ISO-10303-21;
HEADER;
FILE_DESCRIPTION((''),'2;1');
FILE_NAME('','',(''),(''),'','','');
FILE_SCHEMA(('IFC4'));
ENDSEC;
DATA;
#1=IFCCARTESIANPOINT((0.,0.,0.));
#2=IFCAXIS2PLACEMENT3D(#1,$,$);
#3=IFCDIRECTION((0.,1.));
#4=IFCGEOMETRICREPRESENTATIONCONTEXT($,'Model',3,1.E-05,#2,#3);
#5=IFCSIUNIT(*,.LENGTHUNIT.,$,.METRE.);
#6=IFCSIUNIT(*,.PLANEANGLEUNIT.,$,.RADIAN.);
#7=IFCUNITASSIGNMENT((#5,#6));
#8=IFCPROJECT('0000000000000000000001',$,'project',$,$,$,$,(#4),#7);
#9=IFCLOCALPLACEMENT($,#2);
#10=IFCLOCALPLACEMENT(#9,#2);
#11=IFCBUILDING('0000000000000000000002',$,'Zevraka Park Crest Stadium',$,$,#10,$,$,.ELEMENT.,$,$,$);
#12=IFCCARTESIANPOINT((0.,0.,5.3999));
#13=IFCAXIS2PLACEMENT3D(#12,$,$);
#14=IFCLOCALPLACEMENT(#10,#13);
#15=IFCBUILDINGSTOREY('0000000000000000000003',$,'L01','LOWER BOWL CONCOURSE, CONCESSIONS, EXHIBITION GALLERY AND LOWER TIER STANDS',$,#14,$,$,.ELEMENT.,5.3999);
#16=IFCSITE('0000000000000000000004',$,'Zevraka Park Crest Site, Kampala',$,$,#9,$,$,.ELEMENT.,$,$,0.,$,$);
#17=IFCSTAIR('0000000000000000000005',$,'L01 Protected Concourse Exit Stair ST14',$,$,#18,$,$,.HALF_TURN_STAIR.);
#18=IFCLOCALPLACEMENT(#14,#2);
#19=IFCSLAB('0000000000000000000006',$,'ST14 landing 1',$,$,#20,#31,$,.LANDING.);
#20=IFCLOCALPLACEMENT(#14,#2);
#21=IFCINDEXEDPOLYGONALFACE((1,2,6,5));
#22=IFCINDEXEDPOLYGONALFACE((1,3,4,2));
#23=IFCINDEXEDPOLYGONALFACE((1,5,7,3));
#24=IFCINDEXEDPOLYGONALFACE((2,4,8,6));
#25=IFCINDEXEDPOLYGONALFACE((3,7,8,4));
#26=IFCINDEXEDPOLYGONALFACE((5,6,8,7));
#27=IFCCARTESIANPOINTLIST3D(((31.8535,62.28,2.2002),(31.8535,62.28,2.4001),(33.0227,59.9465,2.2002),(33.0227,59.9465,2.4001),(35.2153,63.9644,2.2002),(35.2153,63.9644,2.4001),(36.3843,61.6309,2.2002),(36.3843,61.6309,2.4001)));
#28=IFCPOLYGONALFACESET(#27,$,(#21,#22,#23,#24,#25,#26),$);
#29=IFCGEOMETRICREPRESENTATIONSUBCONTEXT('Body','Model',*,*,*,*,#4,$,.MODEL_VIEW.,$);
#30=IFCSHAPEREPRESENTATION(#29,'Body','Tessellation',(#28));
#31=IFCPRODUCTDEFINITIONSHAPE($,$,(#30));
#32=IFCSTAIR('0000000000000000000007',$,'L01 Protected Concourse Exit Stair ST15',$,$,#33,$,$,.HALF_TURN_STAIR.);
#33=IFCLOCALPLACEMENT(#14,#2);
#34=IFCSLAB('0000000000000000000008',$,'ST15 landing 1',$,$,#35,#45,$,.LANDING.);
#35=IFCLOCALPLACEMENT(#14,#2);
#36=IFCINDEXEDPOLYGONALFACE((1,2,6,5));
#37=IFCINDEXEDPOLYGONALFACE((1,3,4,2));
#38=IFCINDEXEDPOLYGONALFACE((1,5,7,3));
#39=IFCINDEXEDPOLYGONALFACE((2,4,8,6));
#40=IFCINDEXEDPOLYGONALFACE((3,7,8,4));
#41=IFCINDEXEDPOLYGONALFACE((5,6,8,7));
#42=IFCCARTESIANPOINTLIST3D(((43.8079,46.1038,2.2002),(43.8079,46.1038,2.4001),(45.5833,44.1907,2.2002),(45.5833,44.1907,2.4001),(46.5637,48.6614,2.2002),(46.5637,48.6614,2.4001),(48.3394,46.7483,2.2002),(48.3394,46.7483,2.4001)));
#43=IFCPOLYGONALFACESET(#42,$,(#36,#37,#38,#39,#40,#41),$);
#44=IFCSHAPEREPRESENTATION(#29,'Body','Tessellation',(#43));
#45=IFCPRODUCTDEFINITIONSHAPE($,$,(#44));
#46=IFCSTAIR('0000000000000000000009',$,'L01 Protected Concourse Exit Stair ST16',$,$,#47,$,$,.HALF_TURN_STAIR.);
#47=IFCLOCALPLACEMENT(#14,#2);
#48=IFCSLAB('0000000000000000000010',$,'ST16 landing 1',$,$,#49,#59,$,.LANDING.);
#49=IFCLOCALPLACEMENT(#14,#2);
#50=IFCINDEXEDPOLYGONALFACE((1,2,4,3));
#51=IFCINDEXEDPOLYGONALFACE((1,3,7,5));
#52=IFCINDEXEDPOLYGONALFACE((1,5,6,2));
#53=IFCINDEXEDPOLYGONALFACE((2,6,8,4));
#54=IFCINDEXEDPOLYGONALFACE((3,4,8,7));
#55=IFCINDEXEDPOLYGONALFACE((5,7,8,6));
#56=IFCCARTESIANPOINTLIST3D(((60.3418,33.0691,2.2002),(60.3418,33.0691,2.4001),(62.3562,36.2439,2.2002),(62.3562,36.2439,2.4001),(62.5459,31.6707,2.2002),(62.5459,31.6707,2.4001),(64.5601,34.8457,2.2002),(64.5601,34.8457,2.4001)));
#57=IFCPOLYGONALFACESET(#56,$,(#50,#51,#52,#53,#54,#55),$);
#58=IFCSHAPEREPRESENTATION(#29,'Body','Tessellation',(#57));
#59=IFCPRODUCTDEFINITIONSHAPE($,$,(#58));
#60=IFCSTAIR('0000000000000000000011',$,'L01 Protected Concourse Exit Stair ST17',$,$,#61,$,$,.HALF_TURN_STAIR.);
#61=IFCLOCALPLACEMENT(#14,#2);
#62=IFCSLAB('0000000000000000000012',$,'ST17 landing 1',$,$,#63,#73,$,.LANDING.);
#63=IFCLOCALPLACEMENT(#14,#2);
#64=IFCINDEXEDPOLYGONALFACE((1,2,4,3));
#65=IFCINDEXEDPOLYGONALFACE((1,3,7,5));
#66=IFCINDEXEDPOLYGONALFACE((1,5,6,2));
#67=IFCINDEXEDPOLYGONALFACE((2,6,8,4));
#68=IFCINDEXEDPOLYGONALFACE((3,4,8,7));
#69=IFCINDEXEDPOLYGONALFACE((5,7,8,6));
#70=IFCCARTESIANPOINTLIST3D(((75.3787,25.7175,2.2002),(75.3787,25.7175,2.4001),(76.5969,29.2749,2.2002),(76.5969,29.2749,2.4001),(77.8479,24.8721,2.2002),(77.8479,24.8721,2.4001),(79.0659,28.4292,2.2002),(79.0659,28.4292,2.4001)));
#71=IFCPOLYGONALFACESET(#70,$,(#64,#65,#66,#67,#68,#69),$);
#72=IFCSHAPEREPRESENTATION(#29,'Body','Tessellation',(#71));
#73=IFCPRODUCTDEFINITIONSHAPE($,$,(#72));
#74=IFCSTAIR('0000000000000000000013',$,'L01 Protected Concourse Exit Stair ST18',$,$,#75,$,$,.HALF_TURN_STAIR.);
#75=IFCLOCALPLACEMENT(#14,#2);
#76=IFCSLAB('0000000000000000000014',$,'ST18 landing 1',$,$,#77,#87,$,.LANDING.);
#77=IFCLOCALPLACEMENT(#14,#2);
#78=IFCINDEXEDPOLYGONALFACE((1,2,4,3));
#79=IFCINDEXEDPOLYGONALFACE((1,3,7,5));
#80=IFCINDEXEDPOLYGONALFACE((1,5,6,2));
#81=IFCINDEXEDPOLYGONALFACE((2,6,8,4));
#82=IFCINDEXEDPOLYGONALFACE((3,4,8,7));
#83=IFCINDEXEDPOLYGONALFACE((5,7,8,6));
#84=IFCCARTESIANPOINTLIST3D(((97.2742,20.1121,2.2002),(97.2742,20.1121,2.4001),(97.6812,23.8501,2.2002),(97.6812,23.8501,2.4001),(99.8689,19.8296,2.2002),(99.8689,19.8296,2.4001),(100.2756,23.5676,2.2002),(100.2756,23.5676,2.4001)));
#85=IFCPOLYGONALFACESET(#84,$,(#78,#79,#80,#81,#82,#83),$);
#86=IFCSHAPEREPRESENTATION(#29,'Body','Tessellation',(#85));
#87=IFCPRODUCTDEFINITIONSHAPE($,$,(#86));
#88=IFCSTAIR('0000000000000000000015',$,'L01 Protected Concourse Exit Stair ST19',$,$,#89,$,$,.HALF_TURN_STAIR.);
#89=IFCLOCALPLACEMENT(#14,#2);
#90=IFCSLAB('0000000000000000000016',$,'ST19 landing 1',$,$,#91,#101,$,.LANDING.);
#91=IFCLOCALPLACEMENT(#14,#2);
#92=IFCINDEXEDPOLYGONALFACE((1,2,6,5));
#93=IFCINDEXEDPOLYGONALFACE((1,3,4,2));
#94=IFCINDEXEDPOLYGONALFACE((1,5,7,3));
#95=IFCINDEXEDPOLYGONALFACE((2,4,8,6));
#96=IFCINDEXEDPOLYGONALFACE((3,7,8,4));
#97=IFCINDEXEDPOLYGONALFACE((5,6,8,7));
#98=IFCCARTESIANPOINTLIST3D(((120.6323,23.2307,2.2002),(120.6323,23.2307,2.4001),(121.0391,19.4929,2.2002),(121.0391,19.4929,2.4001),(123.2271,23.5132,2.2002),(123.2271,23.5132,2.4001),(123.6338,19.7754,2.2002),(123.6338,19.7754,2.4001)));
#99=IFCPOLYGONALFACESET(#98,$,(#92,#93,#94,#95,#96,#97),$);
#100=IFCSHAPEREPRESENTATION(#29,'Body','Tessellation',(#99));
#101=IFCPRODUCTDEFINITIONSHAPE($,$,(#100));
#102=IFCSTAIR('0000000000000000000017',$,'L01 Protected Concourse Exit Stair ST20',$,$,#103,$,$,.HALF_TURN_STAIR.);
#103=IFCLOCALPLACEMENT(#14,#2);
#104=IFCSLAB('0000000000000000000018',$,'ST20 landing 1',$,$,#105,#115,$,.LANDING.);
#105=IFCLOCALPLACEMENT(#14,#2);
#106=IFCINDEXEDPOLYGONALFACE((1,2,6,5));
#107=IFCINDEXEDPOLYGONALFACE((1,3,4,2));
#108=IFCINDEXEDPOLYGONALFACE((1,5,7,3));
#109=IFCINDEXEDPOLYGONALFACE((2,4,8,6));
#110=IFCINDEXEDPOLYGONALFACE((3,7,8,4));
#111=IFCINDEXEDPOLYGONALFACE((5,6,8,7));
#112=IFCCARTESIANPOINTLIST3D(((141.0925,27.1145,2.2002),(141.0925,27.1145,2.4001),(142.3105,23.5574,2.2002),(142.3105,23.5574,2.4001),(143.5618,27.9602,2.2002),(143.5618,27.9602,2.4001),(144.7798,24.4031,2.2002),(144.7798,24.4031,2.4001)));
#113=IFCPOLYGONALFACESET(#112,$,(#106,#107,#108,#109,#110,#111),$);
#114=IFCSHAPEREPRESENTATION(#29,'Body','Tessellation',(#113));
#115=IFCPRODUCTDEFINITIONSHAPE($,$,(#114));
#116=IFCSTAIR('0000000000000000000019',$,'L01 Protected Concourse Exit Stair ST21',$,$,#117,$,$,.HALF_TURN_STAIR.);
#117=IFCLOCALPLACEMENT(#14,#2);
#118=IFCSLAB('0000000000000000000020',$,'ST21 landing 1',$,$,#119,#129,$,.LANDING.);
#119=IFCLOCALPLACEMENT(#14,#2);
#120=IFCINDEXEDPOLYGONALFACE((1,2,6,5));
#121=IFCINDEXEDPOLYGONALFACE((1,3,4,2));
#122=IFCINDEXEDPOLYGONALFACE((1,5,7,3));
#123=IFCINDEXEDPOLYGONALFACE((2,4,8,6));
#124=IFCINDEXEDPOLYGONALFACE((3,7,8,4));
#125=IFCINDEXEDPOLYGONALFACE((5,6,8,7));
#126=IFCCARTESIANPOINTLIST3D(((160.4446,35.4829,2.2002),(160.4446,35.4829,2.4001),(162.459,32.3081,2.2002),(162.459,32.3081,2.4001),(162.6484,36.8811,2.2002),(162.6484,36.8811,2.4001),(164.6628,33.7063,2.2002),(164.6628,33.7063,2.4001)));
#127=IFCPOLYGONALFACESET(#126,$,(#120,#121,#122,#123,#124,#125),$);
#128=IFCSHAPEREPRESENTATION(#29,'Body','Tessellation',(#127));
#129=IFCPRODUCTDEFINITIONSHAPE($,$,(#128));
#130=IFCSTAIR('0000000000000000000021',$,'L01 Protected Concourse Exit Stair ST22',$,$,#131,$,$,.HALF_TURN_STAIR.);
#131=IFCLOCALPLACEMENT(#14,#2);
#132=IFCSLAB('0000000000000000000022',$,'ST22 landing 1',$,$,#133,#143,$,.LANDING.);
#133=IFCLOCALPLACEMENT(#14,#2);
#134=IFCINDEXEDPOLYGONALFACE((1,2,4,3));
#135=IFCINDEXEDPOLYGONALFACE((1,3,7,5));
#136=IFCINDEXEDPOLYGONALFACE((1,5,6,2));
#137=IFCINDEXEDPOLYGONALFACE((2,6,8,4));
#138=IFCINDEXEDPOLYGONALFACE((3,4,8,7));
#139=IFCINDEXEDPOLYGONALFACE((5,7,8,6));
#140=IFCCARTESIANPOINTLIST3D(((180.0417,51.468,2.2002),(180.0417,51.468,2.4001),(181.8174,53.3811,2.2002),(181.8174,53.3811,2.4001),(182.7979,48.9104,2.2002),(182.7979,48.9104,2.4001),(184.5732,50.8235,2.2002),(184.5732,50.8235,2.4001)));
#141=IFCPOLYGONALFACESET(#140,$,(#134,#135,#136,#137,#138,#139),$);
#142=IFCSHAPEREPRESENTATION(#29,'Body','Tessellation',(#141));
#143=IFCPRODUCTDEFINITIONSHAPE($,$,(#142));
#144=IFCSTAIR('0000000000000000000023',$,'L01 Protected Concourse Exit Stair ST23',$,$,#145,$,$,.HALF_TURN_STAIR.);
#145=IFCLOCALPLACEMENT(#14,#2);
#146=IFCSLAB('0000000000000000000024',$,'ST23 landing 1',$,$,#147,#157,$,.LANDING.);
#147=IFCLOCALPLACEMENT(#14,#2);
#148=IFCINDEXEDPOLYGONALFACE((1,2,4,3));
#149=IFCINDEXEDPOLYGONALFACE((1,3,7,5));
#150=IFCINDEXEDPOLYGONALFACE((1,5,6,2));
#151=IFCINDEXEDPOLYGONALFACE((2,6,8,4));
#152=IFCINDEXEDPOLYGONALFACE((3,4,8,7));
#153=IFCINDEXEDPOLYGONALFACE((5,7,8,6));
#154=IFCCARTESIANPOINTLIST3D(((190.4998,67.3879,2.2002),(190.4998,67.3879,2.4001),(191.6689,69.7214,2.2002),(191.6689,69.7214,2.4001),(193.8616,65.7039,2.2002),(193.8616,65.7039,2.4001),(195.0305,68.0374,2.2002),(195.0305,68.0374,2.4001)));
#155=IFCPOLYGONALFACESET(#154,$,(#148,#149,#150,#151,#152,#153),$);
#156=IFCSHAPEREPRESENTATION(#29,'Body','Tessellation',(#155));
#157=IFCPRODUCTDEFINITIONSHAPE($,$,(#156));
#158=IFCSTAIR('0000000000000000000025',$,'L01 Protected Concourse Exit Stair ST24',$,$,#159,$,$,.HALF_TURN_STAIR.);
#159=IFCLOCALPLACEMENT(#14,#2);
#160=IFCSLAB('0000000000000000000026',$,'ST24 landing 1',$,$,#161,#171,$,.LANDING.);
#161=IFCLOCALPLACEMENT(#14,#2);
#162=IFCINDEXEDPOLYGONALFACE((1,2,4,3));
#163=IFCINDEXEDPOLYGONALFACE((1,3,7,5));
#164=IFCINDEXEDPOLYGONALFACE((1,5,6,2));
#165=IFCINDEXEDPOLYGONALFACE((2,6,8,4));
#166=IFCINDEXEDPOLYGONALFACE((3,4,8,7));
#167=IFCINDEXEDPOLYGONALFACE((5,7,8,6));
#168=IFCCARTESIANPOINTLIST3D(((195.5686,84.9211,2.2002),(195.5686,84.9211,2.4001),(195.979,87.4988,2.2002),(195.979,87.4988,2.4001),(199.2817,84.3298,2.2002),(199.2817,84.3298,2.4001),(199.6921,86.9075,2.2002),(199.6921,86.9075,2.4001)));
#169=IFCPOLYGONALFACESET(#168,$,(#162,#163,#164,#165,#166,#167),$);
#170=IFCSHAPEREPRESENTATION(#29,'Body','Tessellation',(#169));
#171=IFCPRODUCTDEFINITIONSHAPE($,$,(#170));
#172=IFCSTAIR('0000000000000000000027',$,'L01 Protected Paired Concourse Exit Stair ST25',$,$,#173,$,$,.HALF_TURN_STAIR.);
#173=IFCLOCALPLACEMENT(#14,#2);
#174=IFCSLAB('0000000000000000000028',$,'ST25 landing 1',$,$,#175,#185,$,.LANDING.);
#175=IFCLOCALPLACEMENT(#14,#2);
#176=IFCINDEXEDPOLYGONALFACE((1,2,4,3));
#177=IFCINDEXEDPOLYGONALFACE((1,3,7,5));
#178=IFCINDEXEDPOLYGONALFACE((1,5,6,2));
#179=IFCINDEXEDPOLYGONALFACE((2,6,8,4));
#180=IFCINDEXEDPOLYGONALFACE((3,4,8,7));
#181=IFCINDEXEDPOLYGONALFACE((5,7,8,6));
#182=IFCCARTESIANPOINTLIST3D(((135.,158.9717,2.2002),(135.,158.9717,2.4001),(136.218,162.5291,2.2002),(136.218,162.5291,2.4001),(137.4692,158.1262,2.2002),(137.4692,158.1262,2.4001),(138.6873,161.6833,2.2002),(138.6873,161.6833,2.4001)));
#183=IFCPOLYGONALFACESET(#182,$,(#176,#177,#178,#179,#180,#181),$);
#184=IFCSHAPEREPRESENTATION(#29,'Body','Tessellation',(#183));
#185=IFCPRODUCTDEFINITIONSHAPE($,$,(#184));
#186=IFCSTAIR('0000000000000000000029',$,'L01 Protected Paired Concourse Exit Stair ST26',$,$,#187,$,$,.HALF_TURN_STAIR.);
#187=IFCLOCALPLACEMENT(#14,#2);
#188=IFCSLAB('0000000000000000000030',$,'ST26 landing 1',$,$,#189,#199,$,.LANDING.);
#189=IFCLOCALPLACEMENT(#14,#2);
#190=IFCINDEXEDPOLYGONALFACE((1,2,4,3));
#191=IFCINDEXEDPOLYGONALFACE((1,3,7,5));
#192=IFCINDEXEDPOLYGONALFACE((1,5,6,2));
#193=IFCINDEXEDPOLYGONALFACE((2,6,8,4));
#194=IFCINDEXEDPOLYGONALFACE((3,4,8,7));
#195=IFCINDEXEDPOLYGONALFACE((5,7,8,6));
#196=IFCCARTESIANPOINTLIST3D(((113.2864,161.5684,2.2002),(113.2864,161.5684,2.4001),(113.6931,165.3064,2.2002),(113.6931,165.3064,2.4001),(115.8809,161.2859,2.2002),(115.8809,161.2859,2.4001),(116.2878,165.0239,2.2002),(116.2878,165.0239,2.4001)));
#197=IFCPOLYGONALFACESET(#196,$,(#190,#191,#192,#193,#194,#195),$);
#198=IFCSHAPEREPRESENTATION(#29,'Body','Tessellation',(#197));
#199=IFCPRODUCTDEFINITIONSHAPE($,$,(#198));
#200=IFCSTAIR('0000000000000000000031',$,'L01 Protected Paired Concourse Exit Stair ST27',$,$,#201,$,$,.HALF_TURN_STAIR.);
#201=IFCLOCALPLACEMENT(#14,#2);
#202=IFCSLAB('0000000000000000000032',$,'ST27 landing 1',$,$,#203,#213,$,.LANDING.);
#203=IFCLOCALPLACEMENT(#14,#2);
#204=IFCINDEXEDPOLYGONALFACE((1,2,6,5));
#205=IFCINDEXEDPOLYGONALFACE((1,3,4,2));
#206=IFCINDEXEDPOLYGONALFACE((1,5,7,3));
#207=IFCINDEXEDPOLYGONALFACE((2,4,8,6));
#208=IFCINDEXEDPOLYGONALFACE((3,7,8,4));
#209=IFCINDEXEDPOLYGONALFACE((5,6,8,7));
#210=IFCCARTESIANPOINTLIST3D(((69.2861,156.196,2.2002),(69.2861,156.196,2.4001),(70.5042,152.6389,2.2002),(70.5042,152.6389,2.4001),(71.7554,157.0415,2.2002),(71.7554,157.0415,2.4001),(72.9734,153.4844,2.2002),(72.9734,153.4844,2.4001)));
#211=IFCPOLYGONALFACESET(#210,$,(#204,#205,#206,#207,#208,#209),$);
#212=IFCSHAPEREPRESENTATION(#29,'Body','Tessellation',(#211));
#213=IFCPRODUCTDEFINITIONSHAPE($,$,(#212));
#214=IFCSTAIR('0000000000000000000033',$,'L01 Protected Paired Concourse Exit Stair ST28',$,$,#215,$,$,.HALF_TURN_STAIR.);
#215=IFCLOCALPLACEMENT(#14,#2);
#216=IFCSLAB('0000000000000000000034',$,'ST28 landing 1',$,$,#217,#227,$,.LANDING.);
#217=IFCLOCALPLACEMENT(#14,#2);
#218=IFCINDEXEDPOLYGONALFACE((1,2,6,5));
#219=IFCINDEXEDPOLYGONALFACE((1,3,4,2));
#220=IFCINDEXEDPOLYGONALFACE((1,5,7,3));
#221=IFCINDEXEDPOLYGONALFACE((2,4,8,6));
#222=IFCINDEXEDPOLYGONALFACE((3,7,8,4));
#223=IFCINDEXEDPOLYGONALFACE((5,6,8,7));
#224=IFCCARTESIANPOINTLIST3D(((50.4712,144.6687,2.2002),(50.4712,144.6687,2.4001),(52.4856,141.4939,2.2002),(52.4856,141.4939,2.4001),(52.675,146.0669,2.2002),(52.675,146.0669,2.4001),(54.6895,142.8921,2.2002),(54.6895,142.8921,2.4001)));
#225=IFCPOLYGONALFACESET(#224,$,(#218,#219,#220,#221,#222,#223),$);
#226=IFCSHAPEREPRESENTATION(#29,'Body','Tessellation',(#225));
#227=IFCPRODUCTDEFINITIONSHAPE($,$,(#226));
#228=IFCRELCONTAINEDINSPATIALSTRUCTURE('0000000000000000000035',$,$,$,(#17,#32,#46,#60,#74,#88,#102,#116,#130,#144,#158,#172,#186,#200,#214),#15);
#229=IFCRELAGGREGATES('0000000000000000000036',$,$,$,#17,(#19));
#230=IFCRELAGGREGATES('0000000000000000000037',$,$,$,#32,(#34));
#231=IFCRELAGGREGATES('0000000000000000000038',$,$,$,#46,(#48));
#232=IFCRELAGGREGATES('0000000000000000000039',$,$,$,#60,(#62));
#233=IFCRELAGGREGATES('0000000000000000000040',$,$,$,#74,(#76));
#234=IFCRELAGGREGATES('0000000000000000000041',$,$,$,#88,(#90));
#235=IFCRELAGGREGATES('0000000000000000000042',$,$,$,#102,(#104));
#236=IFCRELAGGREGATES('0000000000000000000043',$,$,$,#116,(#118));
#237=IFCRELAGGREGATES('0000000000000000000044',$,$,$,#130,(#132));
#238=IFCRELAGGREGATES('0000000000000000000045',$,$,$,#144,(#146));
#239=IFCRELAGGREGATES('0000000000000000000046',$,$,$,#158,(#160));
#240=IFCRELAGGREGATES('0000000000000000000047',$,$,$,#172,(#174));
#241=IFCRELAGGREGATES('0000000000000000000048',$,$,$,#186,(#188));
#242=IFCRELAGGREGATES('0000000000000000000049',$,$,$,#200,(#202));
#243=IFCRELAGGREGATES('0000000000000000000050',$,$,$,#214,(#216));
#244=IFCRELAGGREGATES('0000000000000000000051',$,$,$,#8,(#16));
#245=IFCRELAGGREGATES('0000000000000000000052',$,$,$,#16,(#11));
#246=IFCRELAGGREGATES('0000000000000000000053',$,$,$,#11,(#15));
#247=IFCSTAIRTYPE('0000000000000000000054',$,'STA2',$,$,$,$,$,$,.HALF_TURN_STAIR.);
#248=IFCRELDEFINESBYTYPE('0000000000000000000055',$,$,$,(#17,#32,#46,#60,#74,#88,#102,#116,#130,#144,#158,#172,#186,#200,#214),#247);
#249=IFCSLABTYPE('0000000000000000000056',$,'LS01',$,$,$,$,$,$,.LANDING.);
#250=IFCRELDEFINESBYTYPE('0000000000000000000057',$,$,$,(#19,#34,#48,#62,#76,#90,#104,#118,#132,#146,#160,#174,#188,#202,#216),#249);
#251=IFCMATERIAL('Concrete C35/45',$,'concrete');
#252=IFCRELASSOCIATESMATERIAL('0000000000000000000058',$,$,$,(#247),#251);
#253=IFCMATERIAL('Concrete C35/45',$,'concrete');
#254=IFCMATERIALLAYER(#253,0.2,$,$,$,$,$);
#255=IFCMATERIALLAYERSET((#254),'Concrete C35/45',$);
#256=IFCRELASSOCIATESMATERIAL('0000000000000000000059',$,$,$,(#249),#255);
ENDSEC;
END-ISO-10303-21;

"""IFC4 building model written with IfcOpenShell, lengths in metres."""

from ifc_helpers import new_model, si_unit, direction, frame, origin, place, context, subcontext, project, spatial, polyline, outline, extrude, material, layer, layer_set, type_object, element, aggregate, save


model = new_model("IFC4")

# Units and contexts
model_context = context("Model", 3, precision=1e-05, world=origin(), true_north=direction((0.0, 1.0)))
body_context = subcontext(model_context, "Body", "Model", "MODEL_VIEW")
ifc_project = project(units=[si_unit("LENGTHUNIT", "METRE"), si_unit("PLANEANGLEUNIT", "RADIAN")], contexts=[model_context])

# Site, building, storey
site_placement = place(None, origin())
site = spatial("IfcSite", under=ifc_project, at=site_placement, Name="Zevraka Park Crest Site, Kampala", CompositionType="ELEMENT", RefElevation=0.0)
building_placement = place(site_placement, origin())
building = spatial("IfcBuilding", under=site, at=building_placement, Name="Zevraka Park Crest Stadium", CompositionType="ELEMENT")
storey_placement = place(building_placement, frame((0.0, 0.0, 5.3999)))
storey = spatial("IfcBuildingStorey", under=building, at=storey_placement, Name="L01", Description="LOWER BOWL CONCOURSE, CONCESSIONS, EXHIBITION GALLERY AND LOWER TIER STANDS", CompositionType="ELEMENT", Elevation=5.3999)

# Stairs, slabs
ifc_material_1 = material(Name="Concrete C35/45", Category="concrete")
stair_type_1 = type_object("IfcStairType", Name="STA2", PredefinedType="HALF_TURN_STAIR", material=ifc_material_1)
stair_1_placement = place(storey_placement, origin())
stair_1 = element("IfcStair", 1, at=stair_1_placement, inside=storey, type_object=stair_type_1, Name="L01 Protected Concourse Exit Stair ST14", PredefinedType="HALF_TURN_STAIR")
ifc_material_2 = material(Name="Concrete C35/45", Category="concrete")
ifc_layer = layer(ifc_material_2, 0.2)
ifc_layer_set = layer_set([ifc_layer], Name="Concrete C35/45")
slab_type = type_object("IfcSlabType", Name="LS01", PredefinedType="LANDING", material=ifc_layer_set)
slab_1_placement = place(storey_placement, frame((0.0, 0.0, 2.2002)))
slab_1 = element("IfcSlab", 2, at=slab_1_placement, type_object=slab_type, Name="ST14 landing 1", PredefinedType="LANDING", context=body_context, shape_type="SweptSolid", body=[
    extrude(outline(polyline([(31.8535, 62.28), (33.0227, 59.9465), (36.3843, 61.6309), (35.2153, 63.9644), (31.8535, 62.28)])), origin(), (0.0, 0.0, 1.0), 0.2),
])
aggregate(stair_1, [slab_1])
stair_2_placement = place(storey_placement, origin())
stair_2 = element("IfcStair", 3, at=stair_2_placement, inside=storey, type_object=stair_type_1, Name="L01 Protected Concourse Exit Stair ST15", PredefinedType="HALF_TURN_STAIR")
slab_2_placement = place(storey_placement, frame((0.0, 0.0, 2.2002)))
slab_2 = element("IfcSlab", 4, at=slab_2_placement, type_object=slab_type, Name="ST15 landing 1", PredefinedType="LANDING", context=body_context, shape_type="SweptSolid", body=[
    extrude(outline(polyline([(43.8079, 46.1038), (45.5833, 44.1907), (48.3394, 46.7483), (46.5637, 48.6614), (43.8079, 46.1038)])), origin(), (0.0, 0.0, 1.0), 0.2),
])
aggregate(stair_2, [slab_2])
stair_3_placement = place(storey_placement, origin())
stair_3 = element("IfcStair", 5, at=stair_3_placement, inside=storey, type_object=stair_type_1, Name="L01 Protected Concourse Exit Stair ST16", PredefinedType="HALF_TURN_STAIR")
slab_3_placement = place(storey_placement, frame((0.0, 0.0, 2.2002)))
slab_3 = element("IfcSlab", 6, at=slab_3_placement, type_object=slab_type, Name="ST16 landing 1", PredefinedType="LANDING", context=body_context, shape_type="SweptSolid", body=[
    extrude(outline(polyline([(60.3418, 33.0691), (62.5459, 31.6707), (64.5601, 34.8457), (62.3562, 36.2439), (60.3418, 33.0691)])), origin(), (0.0, 0.0, 1.0), 0.2),
])
aggregate(stair_3, [slab_3])
stair_4_placement = place(storey_placement, origin())
stair_4 = element("IfcStair", 7, at=stair_4_placement, inside=storey, type_object=stair_type_1, Name="L01 Protected Concourse Exit Stair ST17", PredefinedType="HALF_TURN_STAIR")
slab_4_placement = place(storey_placement, frame((0.0, 0.0, 2.2002)))
slab_4 = element("IfcSlab", 8, at=slab_4_placement, type_object=slab_type, Name="ST17 landing 1", PredefinedType="LANDING", context=body_context, shape_type="SweptSolid", body=[
    extrude(outline(polyline([(75.3787, 25.7175), (77.8479, 24.8721), (79.0659, 28.4292), (76.5969, 29.2749), (75.3787, 25.7175)])), origin(), (0.0, 0.0, 1.0), 0.2),
])
aggregate(stair_4, [slab_4])
stair_5_placement = place(storey_placement, origin())
stair_5 = element("IfcStair", 9, at=stair_5_placement, inside=storey, type_object=stair_type_1, Name="L01 Protected Concourse Exit Stair ST18", PredefinedType="HALF_TURN_STAIR")
slab_5_placement = place(storey_placement, frame((0.0, 0.0, 2.2002)))
slab_5 = element("IfcSlab", 10, at=slab_5_placement, type_object=slab_type, Name="ST18 landing 1", PredefinedType="LANDING", context=body_context, shape_type="SweptSolid", body=[
    extrude(outline(polyline([(97.2742, 20.1121), (99.8689, 19.8296), (100.2756, 23.5676), (97.6812, 23.8501), (97.2742, 20.1121)])), origin(), (0.0, 0.0, 1.0), 0.2),
])
aggregate(stair_5, [slab_5])
stair_6_placement = place(storey_placement, origin())
stair_6 = element("IfcStair", 11, at=stair_6_placement, inside=storey, type_object=stair_type_1, Name="L01 Protected Concourse Exit Stair ST19", PredefinedType="HALF_TURN_STAIR")
slab_6_placement = place(storey_placement, frame((0.0, 0.0, 2.2002)))
slab_6 = element("IfcSlab", 12, at=slab_6_placement, type_object=slab_type, Name="ST19 landing 1", PredefinedType="LANDING", context=body_context, shape_type="SweptSolid", body=[
    extrude(outline(polyline([(121.0391, 19.4929), (123.6338, 19.7754), (123.2271, 23.5132), (120.6323, 23.2307), (121.0391, 19.4929)])), origin(), (0.0, 0.0, 1.0), 0.2),
])
aggregate(stair_6, [slab_6])
stair_7_placement = place(storey_placement, origin())
stair_7 = element("IfcStair", 13, at=stair_7_placement, inside=storey, type_object=stair_type_1, Name="L01 Protected Concourse Exit Stair ST20", PredefinedType="HALF_TURN_STAIR")
slab_7_placement = place(storey_placement, frame((0.0, 0.0, 2.2002)))
slab_7 = element("IfcSlab", 14, at=slab_7_placement, type_object=slab_type, Name="ST20 landing 1", PredefinedType="LANDING", context=body_context, shape_type="SweptSolid", body=[
    extrude(outline(polyline([(142.3105, 23.5574), (144.7798, 24.4031), (143.5618, 27.9602), (141.0925, 27.1145), (142.3105, 23.5574)])), origin(), (0.0, 0.0, 1.0), 0.2),
])
aggregate(stair_7, [slab_7])
stair_8_placement = place(storey_placement, origin())
stair_8 = element("IfcStair", 15, at=stair_8_placement, inside=storey, type_object=stair_type_1, Name="L01 Protected Concourse Exit Stair ST21", PredefinedType="HALF_TURN_STAIR")
slab_8_placement = place(storey_placement, frame((0.0, 0.0, 2.2002)))
slab_8 = element("IfcSlab", 16, at=slab_8_placement, type_object=slab_type, Name="ST21 landing 1", PredefinedType="LANDING", context=body_context, shape_type="SweptSolid", body=[
    extrude(outline(polyline([(162.459, 32.3081), (164.6628, 33.7063), (162.6484, 36.8811), (160.4446, 35.4829), (162.459, 32.3081)])), origin(), (0.0, 0.0, 1.0), 0.2),
])
aggregate(stair_8, [slab_8])
stair_9_placement = place(storey_placement, origin())
stair_9 = element("IfcStair", 17, at=stair_9_placement, inside=storey, type_object=stair_type_1, Name="L01 Protected Concourse Exit Stair ST22", PredefinedType="HALF_TURN_STAIR")
slab_9_placement = place(storey_placement, frame((0.0, 0.0, 2.2002)))
slab_9 = element("IfcSlab", 18, at=slab_9_placement, type_object=slab_type, Name="ST22 landing 1", PredefinedType="LANDING", context=body_context, shape_type="SweptSolid", body=[
    extrude(outline(polyline([(182.7979, 48.9104), (184.5732, 50.8235), (181.8174, 53.3811), (180.0417, 51.468), (182.7979, 48.9104)])), origin(), (0.0, 0.0, 1.0), 0.2),
])
aggregate(stair_9, [slab_9])
stair_10_placement = place(storey_placement, origin())
stair_10 = element("IfcStair", 19, at=stair_10_placement, inside=storey, type_object=stair_type_1, Name="L01 Protected Concourse Exit Stair ST23", PredefinedType="HALF_TURN_STAIR")
slab_10_placement = place(storey_placement, frame((0.0, 0.0, 2.2002)))
slab_10 = element("IfcSlab", 20, at=slab_10_placement, type_object=slab_type, Name="ST23 landing 1", PredefinedType="LANDING", context=body_context, shape_type="SweptSolid", body=[
    extrude(outline(polyline([(193.8616, 65.7039), (195.0305, 68.0374), (191.6689, 69.7214), (190.4998, 67.3879), (193.8616, 65.7039)])), origin(), (0.0, 0.0, 1.0), 0.2),
])
aggregate(stair_10, [slab_10])
stair_11_placement = place(storey_placement, origin())
stair_11 = element("IfcStair", 21, at=stair_11_placement, inside=storey, type_object=stair_type_1, Name="L01 Protected Concourse Exit Stair ST24", PredefinedType="HALF_TURN_STAIR")
slab_11_placement = place(storey_placement, frame((0.0, 0.0, 2.2002)))
slab_11 = element("IfcSlab", 22, at=slab_11_placement, type_object=slab_type, Name="ST24 landing 1", PredefinedType="LANDING", context=body_context, shape_type="SweptSolid", body=[
    extrude(outline(polyline([(199.2817, 84.3298), (199.6921, 86.9075), (195.979, 87.4988), (195.5686, 84.9211), (199.2817, 84.3298)])), origin(), (0.0, 0.0, 1.0), 0.2),
])
aggregate(stair_11, [slab_11])
stair_12_placement = place(storey_placement, origin())
stair_12 = element("IfcStair", 23, at=stair_12_placement, inside=storey, type_object=stair_type_1, Name="L01 Protected Paired Concourse Exit Stair ST25", PredefinedType="HALF_TURN_STAIR")
slab_12_placement = place(storey_placement, frame((0.0, 0.0, 2.2002)))
slab_12 = element("IfcSlab", 24, at=slab_12_placement, type_object=slab_type, Name="ST25 landing 1", PredefinedType="LANDING", context=body_context, shape_type="SweptSolid", body=[
    extrude(outline(polyline([(138.6873, 161.6833), (136.218, 162.5291), (135.0, 158.9717), (137.4692, 158.1262), (138.6873, 161.6833)])), origin(), (0.0, 0.0, 1.0), 0.2),
])
aggregate(stair_12, [slab_12])
stair_13_placement = place(storey_placement, origin())
stair_13 = element("IfcStair", 25, at=stair_13_placement, inside=storey, type_object=stair_type_1, Name="L01 Protected Paired Concourse Exit Stair ST26", PredefinedType="HALF_TURN_STAIR")
slab_13_placement = place(storey_placement, frame((0.0, 0.0, 2.2002)))
slab_13 = element("IfcSlab", 26, at=slab_13_placement, type_object=slab_type, Name="ST26 landing 1", PredefinedType="LANDING", context=body_context, shape_type="SweptSolid", body=[
    extrude(outline(polyline([(116.2878, 165.0239), (113.6931, 165.3064), (113.2864, 161.5684), (115.8809, 161.2859), (116.2878, 165.0239)])), origin(), (0.0, 0.0, 1.0), 0.2),
])
aggregate(stair_13, [slab_13])
stair_14_placement = place(storey_placement, origin())
stair_14 = element("IfcStair", 27, at=stair_14_placement, inside=storey, type_object=stair_type_1, Name="L01 Protected Paired Concourse Exit Stair ST27", PredefinedType="HALF_TURN_STAIR")
slab_14_placement = place(storey_placement, frame((0.0, 0.0, 2.2002)))
slab_14 = element("IfcSlab", 28, at=slab_14_placement, type_object=slab_type, Name="ST27 landing 1", PredefinedType="LANDING", context=body_context, shape_type="SweptSolid", body=[
    extrude(outline(polyline([(71.7554, 157.0415), (69.2861, 156.196), (70.5042, 152.6389), (72.9734, 153.4844), (71.7554, 157.0415)])), origin(), (0.0, 0.0, 1.0), 0.2),
])
aggregate(stair_14, [slab_14])
stair_15_placement = place(storey_placement, origin())
stair_15 = element("IfcStair", 29, at=stair_15_placement, inside=storey, type_object=stair_type_1, Name="L01 Protected Paired Concourse Exit Stair ST28", PredefinedType="HALF_TURN_STAIR")
slab_15_placement = place(storey_placement, frame((0.0, 0.0, 2.2002)))
slab_15 = element("IfcSlab", 30, at=slab_15_placement, type_object=slab_type, Name="ST28 landing 1", PredefinedType="LANDING", context=body_context, shape_type="SweptSolid", body=[
    extrude(outline(polyline([(52.675, 146.0669), (50.4712, 144.6687), (52.4856, 141.4939), (54.6895, 142.8921), (52.675, 146.0669)])), origin(), (0.0, 0.0, 1.0), 0.2),
])
aggregate(stair_15, [slab_15])

save(model, "model.ifc")
